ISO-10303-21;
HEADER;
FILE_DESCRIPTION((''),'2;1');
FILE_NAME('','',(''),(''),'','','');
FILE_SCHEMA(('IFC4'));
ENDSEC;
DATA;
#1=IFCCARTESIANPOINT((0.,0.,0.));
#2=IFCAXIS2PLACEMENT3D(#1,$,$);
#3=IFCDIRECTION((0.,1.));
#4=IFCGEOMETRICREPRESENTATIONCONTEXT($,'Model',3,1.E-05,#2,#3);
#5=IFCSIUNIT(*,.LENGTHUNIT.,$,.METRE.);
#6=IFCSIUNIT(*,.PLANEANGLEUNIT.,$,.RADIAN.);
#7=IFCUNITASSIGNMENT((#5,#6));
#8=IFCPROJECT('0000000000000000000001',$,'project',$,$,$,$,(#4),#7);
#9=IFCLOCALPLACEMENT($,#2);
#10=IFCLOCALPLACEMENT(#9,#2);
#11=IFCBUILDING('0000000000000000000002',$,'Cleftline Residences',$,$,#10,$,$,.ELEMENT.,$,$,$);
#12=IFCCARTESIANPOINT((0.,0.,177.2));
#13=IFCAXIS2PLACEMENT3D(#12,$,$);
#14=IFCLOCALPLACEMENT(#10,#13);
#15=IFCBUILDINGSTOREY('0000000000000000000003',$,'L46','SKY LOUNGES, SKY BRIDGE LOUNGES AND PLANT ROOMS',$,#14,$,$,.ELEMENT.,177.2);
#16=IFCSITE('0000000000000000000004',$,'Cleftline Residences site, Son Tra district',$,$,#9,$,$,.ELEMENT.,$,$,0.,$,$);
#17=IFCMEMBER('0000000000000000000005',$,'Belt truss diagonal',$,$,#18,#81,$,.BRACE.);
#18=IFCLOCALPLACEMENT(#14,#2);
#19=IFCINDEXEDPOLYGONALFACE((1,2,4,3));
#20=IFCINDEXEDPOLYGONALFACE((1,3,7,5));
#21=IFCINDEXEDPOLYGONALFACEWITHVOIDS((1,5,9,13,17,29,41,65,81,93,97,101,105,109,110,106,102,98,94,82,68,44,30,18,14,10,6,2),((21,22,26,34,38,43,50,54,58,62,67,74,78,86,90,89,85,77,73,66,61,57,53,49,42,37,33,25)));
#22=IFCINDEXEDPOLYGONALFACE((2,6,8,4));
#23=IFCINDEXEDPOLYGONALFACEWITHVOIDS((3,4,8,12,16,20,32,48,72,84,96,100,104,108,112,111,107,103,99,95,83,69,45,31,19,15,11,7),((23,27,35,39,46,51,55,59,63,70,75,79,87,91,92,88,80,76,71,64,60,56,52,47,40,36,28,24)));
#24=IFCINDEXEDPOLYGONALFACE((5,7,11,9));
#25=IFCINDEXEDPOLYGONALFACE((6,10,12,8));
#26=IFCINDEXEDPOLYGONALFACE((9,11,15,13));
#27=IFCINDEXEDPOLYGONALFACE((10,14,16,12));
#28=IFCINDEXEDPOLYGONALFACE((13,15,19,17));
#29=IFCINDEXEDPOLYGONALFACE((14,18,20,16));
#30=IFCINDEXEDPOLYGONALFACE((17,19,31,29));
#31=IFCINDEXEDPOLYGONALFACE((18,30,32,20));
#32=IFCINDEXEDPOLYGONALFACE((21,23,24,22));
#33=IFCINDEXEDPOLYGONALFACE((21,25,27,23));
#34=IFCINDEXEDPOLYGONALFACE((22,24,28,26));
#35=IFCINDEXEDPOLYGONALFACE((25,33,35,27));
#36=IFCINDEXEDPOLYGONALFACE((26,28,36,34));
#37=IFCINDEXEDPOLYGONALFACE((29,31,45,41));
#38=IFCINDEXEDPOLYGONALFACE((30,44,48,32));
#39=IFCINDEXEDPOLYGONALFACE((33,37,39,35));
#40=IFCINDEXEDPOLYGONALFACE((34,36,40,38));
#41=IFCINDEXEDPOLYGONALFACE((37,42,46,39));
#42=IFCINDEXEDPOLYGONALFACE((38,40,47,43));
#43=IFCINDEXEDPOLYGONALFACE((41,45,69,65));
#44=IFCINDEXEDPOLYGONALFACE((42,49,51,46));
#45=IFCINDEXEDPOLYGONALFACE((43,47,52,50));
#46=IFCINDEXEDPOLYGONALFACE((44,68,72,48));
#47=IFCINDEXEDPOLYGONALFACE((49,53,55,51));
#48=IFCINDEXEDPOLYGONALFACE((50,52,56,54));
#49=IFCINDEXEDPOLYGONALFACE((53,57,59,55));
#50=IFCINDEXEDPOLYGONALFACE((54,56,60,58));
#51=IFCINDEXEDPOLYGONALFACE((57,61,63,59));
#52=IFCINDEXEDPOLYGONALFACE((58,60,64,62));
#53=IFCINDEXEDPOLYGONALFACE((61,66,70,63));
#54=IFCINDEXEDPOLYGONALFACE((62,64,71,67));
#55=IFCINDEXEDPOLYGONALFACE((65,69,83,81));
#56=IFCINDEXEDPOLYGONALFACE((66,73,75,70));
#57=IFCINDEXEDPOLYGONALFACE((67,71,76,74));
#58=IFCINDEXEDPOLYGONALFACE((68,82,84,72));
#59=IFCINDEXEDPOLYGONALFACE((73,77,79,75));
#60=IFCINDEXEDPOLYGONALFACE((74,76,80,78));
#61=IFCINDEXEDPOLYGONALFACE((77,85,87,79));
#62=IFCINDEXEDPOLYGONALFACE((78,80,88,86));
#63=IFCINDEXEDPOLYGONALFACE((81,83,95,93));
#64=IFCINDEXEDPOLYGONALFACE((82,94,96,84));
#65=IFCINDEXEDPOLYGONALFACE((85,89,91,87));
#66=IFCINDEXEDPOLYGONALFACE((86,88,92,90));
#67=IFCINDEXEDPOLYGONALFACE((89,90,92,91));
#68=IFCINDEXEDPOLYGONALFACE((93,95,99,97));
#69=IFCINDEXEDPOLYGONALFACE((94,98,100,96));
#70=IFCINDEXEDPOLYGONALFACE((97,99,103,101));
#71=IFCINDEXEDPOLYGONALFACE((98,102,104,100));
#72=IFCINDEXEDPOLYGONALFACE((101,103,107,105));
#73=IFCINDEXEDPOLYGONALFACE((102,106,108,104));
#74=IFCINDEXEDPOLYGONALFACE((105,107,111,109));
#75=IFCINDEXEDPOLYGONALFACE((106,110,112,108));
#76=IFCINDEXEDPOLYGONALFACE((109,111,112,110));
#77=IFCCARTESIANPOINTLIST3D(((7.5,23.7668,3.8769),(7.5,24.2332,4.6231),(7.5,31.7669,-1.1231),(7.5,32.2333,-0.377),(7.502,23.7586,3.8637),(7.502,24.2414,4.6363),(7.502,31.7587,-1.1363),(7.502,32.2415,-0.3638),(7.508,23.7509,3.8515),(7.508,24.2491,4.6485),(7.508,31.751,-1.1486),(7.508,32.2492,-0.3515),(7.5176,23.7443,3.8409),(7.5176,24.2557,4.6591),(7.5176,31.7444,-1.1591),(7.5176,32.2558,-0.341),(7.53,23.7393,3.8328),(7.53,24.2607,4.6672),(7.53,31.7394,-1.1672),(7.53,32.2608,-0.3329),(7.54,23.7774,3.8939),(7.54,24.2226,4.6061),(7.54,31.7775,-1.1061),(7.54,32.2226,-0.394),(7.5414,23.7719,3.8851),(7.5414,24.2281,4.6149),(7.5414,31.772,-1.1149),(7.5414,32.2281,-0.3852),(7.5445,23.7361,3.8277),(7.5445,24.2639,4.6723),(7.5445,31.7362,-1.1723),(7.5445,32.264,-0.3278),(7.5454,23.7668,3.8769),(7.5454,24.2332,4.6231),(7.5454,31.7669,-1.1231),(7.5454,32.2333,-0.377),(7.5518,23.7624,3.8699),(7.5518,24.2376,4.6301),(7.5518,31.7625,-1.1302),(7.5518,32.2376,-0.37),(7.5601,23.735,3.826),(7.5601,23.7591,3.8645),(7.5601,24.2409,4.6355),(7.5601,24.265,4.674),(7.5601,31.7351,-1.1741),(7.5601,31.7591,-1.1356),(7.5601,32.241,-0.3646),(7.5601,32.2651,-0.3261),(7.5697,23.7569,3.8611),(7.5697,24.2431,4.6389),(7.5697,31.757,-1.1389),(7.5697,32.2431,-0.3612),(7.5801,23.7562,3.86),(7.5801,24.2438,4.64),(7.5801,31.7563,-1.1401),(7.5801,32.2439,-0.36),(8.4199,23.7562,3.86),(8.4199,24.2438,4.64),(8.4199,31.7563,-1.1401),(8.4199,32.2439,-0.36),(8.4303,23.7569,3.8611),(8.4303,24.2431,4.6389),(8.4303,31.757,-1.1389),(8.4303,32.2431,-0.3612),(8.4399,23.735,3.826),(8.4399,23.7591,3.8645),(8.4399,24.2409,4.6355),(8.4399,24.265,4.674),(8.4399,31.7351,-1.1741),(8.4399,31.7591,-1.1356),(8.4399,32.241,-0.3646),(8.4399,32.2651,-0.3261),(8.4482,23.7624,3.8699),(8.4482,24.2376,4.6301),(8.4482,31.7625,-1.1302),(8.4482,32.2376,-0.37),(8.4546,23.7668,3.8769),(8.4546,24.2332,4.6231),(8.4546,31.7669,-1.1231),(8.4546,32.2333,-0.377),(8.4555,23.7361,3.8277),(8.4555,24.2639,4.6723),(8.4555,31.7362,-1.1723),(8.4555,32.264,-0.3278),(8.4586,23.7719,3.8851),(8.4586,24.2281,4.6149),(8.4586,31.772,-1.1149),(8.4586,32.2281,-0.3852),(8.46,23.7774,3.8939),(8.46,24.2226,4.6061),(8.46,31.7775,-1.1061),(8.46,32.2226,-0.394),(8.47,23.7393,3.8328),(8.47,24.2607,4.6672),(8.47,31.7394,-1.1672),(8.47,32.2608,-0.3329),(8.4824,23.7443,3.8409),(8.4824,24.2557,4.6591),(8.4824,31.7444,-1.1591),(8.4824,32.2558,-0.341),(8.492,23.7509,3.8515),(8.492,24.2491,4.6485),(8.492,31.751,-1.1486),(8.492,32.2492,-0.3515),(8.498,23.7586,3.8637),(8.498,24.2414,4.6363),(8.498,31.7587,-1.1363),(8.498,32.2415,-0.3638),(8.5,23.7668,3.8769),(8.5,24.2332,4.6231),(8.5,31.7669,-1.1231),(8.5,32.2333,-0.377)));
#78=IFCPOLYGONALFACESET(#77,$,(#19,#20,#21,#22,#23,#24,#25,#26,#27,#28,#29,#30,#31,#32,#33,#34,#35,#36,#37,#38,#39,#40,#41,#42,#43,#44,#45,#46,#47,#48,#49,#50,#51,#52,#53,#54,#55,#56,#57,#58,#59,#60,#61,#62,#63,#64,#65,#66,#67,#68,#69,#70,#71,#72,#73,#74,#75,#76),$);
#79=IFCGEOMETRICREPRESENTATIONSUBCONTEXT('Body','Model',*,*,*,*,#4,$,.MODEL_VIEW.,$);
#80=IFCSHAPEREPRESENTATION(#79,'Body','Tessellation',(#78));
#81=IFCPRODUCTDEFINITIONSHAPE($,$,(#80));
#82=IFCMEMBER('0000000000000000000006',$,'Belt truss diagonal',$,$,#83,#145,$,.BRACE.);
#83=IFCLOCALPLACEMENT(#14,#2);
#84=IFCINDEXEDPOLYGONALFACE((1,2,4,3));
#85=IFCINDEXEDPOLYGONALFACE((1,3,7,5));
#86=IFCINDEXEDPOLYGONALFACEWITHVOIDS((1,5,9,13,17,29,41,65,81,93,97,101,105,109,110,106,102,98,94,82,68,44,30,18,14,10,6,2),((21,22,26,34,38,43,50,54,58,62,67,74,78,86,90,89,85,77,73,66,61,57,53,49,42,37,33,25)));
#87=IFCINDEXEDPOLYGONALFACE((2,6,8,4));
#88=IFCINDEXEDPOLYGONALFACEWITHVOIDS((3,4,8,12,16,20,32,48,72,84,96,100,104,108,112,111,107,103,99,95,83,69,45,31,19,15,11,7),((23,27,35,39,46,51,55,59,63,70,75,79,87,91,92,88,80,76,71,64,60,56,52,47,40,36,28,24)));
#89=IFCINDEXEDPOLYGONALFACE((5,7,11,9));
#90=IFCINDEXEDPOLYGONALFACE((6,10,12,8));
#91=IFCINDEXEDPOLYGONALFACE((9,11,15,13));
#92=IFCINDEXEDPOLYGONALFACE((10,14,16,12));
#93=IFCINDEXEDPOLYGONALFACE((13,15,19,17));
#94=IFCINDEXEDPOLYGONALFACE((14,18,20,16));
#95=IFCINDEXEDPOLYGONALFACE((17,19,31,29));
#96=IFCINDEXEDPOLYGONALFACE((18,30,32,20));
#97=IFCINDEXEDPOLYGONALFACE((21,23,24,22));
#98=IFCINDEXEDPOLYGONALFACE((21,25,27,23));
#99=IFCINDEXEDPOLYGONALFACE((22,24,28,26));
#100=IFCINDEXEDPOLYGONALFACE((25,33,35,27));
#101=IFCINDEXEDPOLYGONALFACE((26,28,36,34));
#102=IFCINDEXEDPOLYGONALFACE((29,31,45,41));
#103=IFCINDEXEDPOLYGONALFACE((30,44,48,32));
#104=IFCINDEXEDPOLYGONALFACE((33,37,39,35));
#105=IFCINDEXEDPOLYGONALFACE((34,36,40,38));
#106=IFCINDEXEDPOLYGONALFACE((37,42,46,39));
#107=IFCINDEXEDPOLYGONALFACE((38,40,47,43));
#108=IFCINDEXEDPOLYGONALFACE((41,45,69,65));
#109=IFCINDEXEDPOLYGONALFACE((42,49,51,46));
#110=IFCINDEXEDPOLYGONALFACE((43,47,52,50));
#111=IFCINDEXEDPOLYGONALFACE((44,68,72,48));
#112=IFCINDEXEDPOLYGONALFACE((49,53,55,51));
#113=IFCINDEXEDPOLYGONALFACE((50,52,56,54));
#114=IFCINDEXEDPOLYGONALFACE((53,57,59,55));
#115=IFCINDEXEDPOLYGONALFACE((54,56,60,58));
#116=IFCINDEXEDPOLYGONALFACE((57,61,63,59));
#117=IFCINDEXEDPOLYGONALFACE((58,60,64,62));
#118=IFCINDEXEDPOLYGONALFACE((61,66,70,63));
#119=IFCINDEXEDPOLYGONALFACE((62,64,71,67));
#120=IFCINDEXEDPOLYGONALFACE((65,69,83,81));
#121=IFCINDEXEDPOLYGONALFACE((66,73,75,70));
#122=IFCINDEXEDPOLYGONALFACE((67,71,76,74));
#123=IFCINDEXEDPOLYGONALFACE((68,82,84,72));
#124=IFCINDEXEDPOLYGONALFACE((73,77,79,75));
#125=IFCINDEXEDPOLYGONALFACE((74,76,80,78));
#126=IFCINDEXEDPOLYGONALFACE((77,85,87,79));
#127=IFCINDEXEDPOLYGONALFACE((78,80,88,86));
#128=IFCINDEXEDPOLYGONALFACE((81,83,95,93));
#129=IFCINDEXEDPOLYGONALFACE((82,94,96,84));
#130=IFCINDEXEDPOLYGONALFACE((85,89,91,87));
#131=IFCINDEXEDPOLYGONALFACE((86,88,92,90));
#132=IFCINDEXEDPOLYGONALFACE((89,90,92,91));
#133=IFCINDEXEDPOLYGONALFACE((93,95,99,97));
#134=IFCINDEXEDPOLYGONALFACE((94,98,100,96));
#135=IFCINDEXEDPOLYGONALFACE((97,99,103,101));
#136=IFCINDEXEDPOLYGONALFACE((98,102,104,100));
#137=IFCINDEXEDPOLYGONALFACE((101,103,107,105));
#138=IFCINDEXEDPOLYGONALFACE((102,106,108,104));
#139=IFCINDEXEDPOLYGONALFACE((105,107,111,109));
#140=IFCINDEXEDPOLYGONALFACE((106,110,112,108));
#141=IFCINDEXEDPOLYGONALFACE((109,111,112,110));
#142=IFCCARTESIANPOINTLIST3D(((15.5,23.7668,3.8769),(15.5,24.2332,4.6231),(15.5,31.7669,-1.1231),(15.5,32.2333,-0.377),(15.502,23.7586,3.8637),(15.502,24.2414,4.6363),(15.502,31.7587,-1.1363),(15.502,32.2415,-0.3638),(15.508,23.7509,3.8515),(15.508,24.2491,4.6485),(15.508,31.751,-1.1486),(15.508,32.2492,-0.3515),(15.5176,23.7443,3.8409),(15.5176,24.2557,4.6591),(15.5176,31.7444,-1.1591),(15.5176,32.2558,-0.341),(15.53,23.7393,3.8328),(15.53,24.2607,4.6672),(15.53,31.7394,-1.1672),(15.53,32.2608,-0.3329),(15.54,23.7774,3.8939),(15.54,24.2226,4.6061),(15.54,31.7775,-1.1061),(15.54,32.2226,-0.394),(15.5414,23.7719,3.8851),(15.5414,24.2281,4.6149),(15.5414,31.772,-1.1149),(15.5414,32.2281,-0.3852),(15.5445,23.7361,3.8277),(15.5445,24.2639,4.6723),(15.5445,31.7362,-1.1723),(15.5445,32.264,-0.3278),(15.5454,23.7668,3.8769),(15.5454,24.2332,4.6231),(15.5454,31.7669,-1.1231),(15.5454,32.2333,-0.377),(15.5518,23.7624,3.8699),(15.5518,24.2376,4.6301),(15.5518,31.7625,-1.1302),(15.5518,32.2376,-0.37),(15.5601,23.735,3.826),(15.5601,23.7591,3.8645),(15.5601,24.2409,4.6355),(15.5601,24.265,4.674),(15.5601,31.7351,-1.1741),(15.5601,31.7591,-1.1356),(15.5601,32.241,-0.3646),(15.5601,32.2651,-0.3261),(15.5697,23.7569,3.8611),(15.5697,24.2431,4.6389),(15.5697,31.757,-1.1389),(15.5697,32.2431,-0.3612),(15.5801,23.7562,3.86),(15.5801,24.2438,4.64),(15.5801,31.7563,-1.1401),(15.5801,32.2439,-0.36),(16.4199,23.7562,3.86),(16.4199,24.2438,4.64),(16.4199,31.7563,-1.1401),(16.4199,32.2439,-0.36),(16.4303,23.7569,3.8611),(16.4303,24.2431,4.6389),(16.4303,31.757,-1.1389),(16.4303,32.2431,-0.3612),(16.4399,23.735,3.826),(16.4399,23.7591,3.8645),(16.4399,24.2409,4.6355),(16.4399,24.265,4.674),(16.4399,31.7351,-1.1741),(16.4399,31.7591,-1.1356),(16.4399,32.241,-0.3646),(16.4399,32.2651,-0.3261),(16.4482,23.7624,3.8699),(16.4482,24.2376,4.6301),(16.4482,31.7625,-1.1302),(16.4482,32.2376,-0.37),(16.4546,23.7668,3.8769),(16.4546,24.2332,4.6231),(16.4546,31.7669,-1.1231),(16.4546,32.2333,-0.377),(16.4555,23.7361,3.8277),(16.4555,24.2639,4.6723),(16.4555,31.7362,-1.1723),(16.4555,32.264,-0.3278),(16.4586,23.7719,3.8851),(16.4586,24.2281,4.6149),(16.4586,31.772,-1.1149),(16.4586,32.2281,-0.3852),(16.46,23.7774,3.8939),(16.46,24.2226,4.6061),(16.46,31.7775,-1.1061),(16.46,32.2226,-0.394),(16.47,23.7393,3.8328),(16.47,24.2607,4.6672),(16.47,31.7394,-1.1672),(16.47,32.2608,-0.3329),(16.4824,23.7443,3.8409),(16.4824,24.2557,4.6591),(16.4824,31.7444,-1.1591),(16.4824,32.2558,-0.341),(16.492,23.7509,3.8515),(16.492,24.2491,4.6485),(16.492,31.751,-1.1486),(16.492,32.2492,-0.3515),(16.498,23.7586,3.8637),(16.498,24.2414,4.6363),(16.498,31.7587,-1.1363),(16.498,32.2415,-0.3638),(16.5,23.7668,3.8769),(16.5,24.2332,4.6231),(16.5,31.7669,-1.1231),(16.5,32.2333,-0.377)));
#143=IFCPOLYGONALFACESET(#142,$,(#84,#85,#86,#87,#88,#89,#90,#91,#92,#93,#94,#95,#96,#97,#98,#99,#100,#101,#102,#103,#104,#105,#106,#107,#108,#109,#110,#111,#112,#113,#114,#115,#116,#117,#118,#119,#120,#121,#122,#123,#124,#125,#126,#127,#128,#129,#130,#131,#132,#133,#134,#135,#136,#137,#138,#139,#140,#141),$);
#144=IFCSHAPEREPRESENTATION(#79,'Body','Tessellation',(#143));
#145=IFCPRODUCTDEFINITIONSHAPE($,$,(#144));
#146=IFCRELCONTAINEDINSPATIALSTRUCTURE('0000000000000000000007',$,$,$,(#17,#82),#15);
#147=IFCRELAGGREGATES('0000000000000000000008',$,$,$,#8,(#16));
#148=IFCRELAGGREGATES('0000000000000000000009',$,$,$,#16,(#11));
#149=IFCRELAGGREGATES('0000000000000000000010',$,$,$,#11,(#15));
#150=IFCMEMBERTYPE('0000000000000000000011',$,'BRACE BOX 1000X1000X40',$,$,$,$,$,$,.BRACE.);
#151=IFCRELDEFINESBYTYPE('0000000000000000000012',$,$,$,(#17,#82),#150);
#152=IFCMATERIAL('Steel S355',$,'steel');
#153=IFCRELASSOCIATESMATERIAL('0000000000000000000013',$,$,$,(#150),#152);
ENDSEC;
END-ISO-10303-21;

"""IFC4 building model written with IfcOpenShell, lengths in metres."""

from ifc_helpers import new_model, si_unit, direction, frame, origin, origin_2d, place, context, subcontext, project, spatial, hollow_rectangle, extrude, material, material_profile, profile_set, type_object, element, save


model = new_model("IFC4")

# Units and contexts
model_context = context("Model", 3, precision=1e-05, world=origin(), true_north=direction((0.0, 1.0)))
body_context = subcontext(model_context, "Body", "Model", "MODEL_VIEW")
ifc_project = project(units=[si_unit("LENGTHUNIT", "METRE"), si_unit("PLANEANGLEUNIT", "RADIAN")], contexts=[model_context])

# Site, building, storey
site_placement = place(None, origin())
site = spatial("IfcSite", under=ifc_project, at=site_placement, Name="Cleftline Residences site, Son Tra district", CompositionType="ELEMENT", RefElevation=0.0)
building_placement = place(site_placement, origin())
building = spatial("IfcBuilding", under=site, at=building_placement, Name="Cleftline Residences", CompositionType="ELEMENT")
storey_placement = place(building_placement, frame((0.0, 0.0, 177.2)))
storey = spatial("IfcBuildingStorey", under=building, at=storey_placement, Name="L46", Description="SKY LOUNGES, SKY BRIDGE LOUNGES AND PLANT ROOMS", CompositionType="ELEMENT", Elevation=177.2)

# Members
ifc_material_1 = material(Name="Steel S355", Category="steel")
ifc_material_profile_1 = material_profile(ifc_material_1, hollow_rectangle(XDim=1.0, YDim=1.0, WallThickness=0.04, InnerFilletRadius=0.04, OuterFilletRadius=0.0601, at=origin_2d()))
ifc_profile_set_1 = profile_set([ifc_material_profile_1], Name="Steel S355")
member_type_1 = type_object("IfcMemberType", Name="BRACE BOX 1000X1000X40", PredefinedType="BRACE", material=ifc_profile_set_1)
for number, where, z_axis, x_axis, name in (
    (1, (8.0, 24.0, 4.25), (0.0, 0.847998, -0.529999), (0.0, 0.529999, 0.847998), "Belt truss diagonal"),
    (2, (16.0, 24.0, 4.25), (0.0, 0.847998, -0.529999), (0.0, 0.529999, 0.847998), "Belt truss diagonal"),
):
    element("IfcMember", number, at=place(storey_placement, frame(where, z_axis=z_axis, x_axis=x_axis)), inside=storey, type_object=member_type_1, Name=name, PredefinedType="BRACE", context=body_context, shape_type="SweptSolid", body=[
        extrude(hollow_rectangle(XDim=1.0, YDim=1.0, WallThickness=0.04, InnerFilletRadius=0.04, OuterFilletRadius=0.0601, at=origin_2d()), origin(), (0.0, 0.0, 1.0), 9.4341),
    ])

save(model, "model.ifc")
